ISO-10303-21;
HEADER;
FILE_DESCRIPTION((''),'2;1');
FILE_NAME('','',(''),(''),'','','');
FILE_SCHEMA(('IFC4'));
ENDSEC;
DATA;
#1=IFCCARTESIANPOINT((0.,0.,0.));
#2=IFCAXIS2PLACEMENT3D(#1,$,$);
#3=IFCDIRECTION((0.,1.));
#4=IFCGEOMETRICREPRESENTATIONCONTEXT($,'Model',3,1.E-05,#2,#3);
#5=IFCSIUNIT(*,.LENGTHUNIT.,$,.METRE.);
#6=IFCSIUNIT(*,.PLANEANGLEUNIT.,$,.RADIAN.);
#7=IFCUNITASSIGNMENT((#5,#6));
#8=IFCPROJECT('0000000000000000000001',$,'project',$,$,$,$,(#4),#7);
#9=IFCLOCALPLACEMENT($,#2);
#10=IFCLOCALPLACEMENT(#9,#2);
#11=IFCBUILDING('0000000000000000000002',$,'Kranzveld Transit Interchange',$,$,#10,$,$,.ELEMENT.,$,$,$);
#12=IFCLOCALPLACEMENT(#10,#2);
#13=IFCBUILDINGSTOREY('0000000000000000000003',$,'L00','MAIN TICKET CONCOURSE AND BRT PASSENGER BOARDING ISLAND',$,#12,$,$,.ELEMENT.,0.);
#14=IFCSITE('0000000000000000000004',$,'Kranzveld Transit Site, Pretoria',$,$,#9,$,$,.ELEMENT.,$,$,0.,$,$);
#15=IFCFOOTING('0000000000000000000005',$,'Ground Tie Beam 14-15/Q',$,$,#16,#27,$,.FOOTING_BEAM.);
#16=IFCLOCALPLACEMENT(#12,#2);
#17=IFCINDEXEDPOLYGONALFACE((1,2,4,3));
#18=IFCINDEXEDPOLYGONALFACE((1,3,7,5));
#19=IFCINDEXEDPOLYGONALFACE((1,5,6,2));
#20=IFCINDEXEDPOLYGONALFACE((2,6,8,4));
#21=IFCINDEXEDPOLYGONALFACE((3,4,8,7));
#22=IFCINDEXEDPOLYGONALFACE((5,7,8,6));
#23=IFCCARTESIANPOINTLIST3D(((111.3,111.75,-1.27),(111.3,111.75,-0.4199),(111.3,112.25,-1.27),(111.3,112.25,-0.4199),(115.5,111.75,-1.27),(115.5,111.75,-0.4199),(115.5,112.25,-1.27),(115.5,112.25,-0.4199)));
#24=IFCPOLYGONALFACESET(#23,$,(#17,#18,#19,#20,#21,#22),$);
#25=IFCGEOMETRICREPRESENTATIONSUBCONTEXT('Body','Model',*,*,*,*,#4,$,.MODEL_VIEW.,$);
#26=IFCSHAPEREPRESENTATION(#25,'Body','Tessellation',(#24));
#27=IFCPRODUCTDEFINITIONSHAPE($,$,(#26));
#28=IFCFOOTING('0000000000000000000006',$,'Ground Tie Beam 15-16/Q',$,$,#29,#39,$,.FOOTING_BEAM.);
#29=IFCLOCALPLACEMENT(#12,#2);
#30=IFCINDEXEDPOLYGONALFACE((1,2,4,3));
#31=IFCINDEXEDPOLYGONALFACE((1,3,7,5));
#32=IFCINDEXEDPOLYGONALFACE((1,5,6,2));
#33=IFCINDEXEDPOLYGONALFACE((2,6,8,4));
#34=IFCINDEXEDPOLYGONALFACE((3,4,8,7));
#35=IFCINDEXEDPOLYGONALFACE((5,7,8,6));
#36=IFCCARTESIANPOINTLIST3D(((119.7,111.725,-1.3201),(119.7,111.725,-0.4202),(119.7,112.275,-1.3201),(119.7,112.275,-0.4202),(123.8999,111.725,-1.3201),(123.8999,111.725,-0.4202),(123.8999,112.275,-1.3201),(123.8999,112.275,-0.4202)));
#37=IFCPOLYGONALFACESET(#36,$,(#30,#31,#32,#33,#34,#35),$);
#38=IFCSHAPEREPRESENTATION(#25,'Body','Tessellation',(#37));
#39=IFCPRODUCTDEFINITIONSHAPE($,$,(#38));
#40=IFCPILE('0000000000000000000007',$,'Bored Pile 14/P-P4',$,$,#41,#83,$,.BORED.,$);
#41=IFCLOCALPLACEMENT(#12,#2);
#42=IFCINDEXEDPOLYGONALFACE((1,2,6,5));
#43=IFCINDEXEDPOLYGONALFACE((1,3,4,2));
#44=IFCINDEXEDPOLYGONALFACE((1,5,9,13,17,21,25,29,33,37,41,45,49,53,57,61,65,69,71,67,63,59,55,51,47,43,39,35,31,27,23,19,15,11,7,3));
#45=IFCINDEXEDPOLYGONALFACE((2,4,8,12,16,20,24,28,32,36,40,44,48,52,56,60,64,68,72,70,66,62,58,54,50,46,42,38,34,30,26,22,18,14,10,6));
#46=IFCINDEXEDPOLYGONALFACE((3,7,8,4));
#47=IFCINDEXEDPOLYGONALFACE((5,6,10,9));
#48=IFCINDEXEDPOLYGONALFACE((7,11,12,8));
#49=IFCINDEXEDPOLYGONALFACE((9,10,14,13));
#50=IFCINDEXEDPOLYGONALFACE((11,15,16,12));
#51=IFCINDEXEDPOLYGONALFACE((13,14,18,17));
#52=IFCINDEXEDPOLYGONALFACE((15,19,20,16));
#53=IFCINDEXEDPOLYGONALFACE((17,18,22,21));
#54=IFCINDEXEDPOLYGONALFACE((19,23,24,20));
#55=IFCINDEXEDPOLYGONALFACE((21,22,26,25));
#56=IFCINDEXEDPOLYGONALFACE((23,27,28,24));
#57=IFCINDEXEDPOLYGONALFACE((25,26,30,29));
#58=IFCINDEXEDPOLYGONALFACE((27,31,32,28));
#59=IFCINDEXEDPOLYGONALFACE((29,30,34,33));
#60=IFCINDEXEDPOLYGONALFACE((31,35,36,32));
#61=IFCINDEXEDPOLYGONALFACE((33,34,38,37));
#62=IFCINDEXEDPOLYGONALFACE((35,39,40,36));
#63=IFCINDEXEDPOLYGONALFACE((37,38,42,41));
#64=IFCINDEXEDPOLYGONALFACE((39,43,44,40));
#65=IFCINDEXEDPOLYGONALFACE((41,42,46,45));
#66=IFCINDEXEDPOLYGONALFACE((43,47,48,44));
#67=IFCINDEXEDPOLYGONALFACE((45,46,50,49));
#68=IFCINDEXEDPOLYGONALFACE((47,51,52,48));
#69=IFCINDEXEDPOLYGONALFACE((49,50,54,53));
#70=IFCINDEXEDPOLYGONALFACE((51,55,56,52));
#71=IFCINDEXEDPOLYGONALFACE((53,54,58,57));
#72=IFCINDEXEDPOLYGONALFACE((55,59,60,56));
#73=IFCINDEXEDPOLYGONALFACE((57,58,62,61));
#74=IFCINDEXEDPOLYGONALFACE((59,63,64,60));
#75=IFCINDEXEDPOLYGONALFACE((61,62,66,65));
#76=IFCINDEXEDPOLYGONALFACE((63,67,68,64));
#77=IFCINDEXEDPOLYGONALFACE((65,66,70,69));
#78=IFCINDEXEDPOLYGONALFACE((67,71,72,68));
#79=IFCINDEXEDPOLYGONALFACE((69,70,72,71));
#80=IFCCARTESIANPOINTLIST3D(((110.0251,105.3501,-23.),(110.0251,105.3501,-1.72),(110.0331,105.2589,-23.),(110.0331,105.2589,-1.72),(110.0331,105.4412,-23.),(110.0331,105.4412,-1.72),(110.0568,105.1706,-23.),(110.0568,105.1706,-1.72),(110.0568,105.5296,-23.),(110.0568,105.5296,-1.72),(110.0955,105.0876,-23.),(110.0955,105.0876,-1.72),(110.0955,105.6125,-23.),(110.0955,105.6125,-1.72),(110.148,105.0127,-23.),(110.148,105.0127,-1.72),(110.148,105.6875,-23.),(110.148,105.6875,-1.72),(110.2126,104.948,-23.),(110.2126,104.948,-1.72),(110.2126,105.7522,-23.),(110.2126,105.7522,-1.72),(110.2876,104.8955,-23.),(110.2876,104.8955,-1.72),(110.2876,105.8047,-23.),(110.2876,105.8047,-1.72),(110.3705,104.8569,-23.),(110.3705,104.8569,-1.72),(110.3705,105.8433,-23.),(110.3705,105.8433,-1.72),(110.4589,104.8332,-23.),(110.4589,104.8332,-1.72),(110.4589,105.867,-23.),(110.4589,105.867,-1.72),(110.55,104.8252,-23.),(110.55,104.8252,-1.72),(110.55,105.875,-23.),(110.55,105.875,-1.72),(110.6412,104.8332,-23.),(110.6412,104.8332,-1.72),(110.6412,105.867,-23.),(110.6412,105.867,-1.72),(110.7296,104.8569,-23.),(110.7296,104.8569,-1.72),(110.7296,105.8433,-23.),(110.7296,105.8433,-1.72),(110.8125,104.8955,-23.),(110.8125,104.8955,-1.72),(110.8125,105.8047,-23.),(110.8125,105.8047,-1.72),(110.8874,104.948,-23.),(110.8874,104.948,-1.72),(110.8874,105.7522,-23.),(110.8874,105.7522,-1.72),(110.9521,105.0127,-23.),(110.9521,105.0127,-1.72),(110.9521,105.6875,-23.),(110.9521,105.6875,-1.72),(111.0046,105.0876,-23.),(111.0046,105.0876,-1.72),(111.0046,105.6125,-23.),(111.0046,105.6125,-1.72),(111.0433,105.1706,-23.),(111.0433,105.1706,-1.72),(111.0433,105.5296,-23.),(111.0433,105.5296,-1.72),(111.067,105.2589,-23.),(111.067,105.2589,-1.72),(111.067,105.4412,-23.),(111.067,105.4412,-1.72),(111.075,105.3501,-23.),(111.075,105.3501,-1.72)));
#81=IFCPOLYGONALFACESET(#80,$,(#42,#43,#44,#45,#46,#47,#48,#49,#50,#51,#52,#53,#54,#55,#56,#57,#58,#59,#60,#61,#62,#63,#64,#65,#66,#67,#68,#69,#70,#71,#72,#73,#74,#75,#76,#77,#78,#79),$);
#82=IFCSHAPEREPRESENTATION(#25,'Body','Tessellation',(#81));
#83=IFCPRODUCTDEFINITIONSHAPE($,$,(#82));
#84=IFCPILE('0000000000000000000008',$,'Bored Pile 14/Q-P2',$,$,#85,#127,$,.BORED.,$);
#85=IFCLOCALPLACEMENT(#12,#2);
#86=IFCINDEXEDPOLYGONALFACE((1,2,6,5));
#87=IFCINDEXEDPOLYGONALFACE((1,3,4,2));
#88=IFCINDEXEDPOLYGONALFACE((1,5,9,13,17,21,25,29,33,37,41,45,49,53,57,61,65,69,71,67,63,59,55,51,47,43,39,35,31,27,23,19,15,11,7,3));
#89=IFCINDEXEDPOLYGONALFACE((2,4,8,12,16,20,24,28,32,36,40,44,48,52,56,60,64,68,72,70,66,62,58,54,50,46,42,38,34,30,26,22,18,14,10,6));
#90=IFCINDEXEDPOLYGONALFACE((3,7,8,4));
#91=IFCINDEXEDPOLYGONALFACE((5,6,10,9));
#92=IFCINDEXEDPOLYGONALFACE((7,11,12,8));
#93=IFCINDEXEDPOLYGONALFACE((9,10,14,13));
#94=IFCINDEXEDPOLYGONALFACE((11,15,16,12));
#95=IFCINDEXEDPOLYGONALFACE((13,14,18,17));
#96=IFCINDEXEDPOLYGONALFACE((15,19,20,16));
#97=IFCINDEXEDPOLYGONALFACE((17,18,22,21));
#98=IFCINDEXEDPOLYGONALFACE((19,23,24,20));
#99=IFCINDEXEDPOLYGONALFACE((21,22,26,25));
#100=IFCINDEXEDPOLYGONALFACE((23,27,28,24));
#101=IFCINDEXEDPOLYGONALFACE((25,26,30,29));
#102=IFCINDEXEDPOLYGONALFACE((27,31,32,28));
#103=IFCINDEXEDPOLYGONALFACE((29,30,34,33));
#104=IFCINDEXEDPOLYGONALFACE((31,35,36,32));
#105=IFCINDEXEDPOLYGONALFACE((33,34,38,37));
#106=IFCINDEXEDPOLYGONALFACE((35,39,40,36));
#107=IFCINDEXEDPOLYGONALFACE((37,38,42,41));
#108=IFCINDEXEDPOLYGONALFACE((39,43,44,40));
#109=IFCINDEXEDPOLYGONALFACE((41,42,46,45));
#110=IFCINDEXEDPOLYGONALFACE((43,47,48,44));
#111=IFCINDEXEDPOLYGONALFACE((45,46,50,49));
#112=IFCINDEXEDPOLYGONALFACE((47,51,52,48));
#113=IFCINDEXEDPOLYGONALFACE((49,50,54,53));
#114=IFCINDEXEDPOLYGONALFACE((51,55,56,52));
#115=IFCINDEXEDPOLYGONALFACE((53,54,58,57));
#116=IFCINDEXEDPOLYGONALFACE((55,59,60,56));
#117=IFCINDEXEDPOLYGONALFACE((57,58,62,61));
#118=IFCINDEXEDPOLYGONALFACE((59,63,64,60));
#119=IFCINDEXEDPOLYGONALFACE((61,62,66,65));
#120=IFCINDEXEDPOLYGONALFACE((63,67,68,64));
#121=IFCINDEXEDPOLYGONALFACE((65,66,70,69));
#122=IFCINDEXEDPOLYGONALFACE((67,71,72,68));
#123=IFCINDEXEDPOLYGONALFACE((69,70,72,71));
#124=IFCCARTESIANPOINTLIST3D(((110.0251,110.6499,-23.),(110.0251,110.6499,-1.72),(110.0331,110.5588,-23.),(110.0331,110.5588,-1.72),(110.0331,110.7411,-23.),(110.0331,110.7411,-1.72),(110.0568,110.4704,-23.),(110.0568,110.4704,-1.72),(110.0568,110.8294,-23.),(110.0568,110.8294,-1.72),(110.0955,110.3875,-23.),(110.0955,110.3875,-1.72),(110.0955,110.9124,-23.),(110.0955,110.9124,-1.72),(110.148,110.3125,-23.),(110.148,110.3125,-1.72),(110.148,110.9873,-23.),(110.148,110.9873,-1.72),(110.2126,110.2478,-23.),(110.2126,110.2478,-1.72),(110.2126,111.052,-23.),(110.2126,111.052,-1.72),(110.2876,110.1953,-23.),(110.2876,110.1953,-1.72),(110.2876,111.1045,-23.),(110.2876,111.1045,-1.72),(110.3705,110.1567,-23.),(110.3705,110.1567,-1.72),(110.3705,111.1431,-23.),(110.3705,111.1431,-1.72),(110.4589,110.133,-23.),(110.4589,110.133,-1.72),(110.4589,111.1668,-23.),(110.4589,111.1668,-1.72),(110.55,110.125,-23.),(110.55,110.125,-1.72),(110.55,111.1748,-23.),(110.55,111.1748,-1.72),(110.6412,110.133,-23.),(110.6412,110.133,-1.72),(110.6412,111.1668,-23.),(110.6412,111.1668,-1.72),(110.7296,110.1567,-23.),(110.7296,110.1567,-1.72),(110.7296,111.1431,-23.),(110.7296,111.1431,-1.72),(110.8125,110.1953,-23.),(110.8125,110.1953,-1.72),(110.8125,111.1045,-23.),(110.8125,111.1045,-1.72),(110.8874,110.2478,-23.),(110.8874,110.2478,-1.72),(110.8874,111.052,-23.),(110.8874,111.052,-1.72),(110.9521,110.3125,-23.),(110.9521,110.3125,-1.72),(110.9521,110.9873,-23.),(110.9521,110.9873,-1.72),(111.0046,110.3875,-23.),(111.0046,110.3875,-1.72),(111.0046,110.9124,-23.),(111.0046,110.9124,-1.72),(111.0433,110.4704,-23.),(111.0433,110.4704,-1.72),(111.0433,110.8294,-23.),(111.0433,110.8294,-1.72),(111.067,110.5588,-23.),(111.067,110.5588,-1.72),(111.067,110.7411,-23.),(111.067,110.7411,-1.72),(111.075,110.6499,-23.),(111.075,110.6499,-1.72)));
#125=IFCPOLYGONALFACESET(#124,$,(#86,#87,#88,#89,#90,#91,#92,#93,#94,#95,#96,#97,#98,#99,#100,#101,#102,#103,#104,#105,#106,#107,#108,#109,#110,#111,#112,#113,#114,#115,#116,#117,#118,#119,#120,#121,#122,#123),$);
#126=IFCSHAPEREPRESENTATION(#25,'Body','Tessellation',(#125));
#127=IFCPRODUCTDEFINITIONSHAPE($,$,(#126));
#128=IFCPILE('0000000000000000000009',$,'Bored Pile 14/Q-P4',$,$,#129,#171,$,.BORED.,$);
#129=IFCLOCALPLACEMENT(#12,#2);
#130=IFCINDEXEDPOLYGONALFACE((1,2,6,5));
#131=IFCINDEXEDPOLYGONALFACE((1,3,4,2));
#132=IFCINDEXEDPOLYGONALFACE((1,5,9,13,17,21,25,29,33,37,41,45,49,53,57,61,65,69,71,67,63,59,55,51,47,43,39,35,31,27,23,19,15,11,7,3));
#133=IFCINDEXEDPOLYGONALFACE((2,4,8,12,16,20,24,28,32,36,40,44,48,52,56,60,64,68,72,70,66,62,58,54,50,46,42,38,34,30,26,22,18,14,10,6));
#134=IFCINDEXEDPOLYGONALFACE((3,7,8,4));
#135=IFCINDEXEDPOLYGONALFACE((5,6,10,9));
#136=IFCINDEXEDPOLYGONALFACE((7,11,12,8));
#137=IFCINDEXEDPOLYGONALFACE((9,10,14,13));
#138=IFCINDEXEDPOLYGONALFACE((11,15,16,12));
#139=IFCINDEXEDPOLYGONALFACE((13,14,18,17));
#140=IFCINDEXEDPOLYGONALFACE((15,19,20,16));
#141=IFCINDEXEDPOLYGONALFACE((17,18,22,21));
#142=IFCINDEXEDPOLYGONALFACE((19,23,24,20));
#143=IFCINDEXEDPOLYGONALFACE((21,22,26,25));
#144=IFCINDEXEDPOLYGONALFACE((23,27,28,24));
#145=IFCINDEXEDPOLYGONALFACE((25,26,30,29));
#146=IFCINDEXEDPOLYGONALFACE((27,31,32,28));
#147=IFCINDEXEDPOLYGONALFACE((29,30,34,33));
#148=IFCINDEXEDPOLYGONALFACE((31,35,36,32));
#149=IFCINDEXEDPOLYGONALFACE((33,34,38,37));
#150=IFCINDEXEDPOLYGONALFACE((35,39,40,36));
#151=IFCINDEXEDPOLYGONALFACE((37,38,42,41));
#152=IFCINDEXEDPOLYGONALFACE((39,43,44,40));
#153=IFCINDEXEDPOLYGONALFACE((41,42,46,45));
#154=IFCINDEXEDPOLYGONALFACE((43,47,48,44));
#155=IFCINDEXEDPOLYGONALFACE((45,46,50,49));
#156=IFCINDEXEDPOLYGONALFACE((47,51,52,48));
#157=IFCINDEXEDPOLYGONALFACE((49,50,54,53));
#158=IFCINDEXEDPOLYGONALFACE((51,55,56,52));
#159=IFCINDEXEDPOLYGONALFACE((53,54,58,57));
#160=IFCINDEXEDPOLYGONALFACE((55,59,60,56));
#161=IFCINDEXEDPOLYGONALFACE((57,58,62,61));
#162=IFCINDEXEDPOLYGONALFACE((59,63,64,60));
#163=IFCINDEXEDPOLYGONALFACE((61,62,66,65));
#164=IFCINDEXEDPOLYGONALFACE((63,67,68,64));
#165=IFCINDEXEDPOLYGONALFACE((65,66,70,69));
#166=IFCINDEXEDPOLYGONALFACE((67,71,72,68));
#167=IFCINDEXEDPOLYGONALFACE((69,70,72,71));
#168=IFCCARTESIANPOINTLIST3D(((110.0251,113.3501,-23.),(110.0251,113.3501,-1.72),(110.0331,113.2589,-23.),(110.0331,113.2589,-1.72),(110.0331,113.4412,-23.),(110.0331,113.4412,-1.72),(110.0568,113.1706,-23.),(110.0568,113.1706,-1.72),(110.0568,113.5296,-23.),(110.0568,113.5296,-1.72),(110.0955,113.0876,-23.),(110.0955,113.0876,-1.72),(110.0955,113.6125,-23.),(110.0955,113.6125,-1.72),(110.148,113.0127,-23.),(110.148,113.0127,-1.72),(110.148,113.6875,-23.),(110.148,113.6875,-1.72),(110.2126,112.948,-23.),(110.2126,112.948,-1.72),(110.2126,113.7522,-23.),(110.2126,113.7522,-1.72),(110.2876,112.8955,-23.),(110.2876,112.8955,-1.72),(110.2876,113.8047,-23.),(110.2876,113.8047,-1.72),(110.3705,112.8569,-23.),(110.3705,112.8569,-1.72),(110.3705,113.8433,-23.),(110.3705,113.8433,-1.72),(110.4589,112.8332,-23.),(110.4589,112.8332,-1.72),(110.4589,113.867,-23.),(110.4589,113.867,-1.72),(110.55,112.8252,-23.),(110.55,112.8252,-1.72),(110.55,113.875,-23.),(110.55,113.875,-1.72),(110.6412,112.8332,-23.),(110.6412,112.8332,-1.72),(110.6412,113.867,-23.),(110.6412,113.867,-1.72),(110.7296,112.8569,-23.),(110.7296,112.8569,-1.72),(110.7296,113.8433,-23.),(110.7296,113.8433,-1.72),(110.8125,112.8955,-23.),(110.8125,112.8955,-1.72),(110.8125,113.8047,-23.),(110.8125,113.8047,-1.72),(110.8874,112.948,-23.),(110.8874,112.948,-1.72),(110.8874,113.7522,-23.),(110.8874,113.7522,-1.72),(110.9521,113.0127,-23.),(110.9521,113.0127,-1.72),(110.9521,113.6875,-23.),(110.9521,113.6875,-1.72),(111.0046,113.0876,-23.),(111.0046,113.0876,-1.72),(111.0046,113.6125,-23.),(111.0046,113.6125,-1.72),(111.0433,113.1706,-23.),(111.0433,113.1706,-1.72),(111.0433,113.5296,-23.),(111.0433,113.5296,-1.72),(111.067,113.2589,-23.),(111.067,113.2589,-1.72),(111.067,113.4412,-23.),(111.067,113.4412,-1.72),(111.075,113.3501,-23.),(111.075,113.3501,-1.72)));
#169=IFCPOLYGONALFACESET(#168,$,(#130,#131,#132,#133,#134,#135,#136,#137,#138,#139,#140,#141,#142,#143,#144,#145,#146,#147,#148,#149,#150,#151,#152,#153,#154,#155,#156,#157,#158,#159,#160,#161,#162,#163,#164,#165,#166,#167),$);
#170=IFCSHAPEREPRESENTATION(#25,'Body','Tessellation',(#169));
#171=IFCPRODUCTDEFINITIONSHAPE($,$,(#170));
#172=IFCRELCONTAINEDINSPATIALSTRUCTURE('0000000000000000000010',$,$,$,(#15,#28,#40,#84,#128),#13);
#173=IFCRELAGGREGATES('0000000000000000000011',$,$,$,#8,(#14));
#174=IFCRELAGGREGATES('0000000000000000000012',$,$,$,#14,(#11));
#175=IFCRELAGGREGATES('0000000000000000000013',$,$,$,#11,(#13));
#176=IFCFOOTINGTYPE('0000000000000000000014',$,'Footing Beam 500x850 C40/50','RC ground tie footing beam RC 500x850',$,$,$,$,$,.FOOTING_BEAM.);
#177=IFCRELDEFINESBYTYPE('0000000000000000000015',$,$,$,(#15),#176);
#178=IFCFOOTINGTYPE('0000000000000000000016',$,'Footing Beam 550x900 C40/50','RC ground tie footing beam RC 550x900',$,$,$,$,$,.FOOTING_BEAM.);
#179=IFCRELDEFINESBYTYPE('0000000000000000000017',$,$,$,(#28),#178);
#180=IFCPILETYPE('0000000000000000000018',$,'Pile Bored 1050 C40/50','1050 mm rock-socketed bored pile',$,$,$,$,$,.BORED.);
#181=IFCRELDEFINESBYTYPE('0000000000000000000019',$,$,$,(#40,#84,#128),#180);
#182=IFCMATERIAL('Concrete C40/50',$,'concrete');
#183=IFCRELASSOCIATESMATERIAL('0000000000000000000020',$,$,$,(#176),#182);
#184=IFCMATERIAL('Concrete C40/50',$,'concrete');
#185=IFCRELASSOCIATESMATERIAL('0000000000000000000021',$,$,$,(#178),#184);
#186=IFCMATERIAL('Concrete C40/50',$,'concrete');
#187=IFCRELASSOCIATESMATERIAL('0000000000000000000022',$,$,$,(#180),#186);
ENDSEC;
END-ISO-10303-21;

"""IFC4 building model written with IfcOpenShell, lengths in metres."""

from ifc_helpers import new_model, si_unit, direction, frame, origin, origin_2d, place, context, subcontext, project, spatial, rectangle, circle, extrude, material, material_profile, profile_set, type_object, element, save


model = new_model("IFC4")

# Units and contexts
model_context = context("Model", 3, precision=1e-05, world=origin(), true_north=direction((0.0, 1.0)))
body_context = subcontext(model_context, "Body", "Model", "MODEL_VIEW")
ifc_project = project(units=[si_unit("LENGTHUNIT", "METRE"), si_unit("PLANEANGLEUNIT", "RADIAN")], contexts=[model_context])

# Site, building, storey
site_placement = place(None, origin())
site = spatial("IfcSite", under=ifc_project, at=site_placement, Name="Kranzveld Transit Site, Pretoria", CompositionType="ELEMENT", RefElevation=0.0)
building_placement = place(site_placement, origin())
building = spatial("IfcBuilding", under=site, at=building_placement, Name="Kranzveld Transit Interchange", CompositionType="ELEMENT")
storey_placement = place(building_placement, origin())
storey = spatial("IfcBuildingStorey", under=building, at=storey_placement, Name="L00", Description="MAIN TICKET CONCOURSE AND BRT PASSENGER BOARDING ISLAND", CompositionType="ELEMENT", Elevation=0.0)

# Footings
ifc_material_1 = material(Name="Concrete C40/50", Category="concrete")
ifc_material_profile_1 = material_profile(ifc_material_1, rectangle(XDim=0.5, YDim=0.8501, at=origin_2d()), Name="RC 500x850")
ifc_profile_set_1 = profile_set([ifc_material_profile_1], Name="Concrete C40/50")
footing_type_1 = type_object("IfcFootingType", Name="Footing Beam 500x850 C40/50", Description="RC ground tie footing beam RC 500x850", PredefinedType="FOOTING_BEAM", material=ifc_profile_set_1)
footing_1_placement = place(storey_placement, frame((111.3, 112.0, -0.845), z_axis=(1.0, 0.0, 0.0), x_axis=(0.0, 1.0, 0.0)))
element("IfcFooting", 1, at=footing_1_placement, inside=storey, type_object=footing_type_1, Name="Ground Tie Beam 14-15/Q", PredefinedType="FOOTING_BEAM", context=body_context, shape_type="SweptSolid", body=[
    extrude(rectangle(XDim=0.5, YDim=0.8501, at=origin_2d()), origin(), (0.0, 0.0, 1.0), 4.2),
])
ifc_material_2 = material(Name="Concrete C40/50", Category="concrete")
ifc_material_profile_2 = material_profile(ifc_material_2, rectangle(XDim=0.55, YDim=0.8999, at=origin_2d()), Name="RC 550x900")
ifc_profile_set_2 = profile_set([ifc_material_profile_2], Name="Concrete C40/50")
footing_type_2 = type_object("IfcFootingType", Name="Footing Beam 550x900 C40/50", Description="RC ground tie footing beam RC 550x900", PredefinedType="FOOTING_BEAM", material=ifc_profile_set_2)
footing_2_placement = place(storey_placement, frame((119.7, 112.0, -0.8701), z_axis=(1.0, 0.0, 0.0), x_axis=(0.0, 1.0, 0.0)))
element("IfcFooting", 2, at=footing_2_placement, inside=storey, type_object=footing_type_2, Name="Ground Tie Beam 15-16/Q", PredefinedType="FOOTING_BEAM", context=body_context, shape_type="SweptSolid", body=[
    extrude(rectangle(XDim=0.55, YDim=0.8999, at=origin_2d()), origin(), (0.0, 0.0, 1.0), 4.2),
])

# Piles
ifc_material_3 = material(Name="Concrete C40/50", Category="concrete")
ifc_material_profile_3 = material_profile(ifc_material_3, circle(Radius=0.5249, at=origin_2d()), Name="BORED PILE 1050")
ifc_profile_set_3 = profile_set([ifc_material_profile_3], Name="Concrete C40/50")
pile_type = type_object("IfcPileType", Name="Pile Bored 1050 C40/50", Description="1050 mm rock-socketed bored pile", PredefinedType="BORED", material=ifc_profile_set_3)
for number, where, z_axis, x_axis, name in (
    (3, (110.55, 105.3501, -1.72), (0.0, 0.0, -1.0), (1.0, 0.0, 0.0), "Bored Pile 14/P-P4"),
    (4, (110.55, 110.6499, -1.72), (0.0, 0.0, -1.0), (1.0, 0.0, 0.0), "Bored Pile 14/Q-P2"),
    (5, (110.55, 113.3501, -1.72), (0.0, 0.0, -1.0), (1.0, 0.0, 0.0), "Bored Pile 14/Q-P4"),
):
    element("IfcPile", number, at=place(storey_placement, frame(where, z_axis=z_axis, x_axis=x_axis)), inside=storey, type_object=pile_type, Name=name, PredefinedType="BORED", context=body_context, shape_type="SweptSolid", body=[
        extrude(circle(Radius=0.5249, at=origin_2d()), origin(), (0.0, 0.0, 1.0), 21.28),
    ])

save(model, "model.ifc")
